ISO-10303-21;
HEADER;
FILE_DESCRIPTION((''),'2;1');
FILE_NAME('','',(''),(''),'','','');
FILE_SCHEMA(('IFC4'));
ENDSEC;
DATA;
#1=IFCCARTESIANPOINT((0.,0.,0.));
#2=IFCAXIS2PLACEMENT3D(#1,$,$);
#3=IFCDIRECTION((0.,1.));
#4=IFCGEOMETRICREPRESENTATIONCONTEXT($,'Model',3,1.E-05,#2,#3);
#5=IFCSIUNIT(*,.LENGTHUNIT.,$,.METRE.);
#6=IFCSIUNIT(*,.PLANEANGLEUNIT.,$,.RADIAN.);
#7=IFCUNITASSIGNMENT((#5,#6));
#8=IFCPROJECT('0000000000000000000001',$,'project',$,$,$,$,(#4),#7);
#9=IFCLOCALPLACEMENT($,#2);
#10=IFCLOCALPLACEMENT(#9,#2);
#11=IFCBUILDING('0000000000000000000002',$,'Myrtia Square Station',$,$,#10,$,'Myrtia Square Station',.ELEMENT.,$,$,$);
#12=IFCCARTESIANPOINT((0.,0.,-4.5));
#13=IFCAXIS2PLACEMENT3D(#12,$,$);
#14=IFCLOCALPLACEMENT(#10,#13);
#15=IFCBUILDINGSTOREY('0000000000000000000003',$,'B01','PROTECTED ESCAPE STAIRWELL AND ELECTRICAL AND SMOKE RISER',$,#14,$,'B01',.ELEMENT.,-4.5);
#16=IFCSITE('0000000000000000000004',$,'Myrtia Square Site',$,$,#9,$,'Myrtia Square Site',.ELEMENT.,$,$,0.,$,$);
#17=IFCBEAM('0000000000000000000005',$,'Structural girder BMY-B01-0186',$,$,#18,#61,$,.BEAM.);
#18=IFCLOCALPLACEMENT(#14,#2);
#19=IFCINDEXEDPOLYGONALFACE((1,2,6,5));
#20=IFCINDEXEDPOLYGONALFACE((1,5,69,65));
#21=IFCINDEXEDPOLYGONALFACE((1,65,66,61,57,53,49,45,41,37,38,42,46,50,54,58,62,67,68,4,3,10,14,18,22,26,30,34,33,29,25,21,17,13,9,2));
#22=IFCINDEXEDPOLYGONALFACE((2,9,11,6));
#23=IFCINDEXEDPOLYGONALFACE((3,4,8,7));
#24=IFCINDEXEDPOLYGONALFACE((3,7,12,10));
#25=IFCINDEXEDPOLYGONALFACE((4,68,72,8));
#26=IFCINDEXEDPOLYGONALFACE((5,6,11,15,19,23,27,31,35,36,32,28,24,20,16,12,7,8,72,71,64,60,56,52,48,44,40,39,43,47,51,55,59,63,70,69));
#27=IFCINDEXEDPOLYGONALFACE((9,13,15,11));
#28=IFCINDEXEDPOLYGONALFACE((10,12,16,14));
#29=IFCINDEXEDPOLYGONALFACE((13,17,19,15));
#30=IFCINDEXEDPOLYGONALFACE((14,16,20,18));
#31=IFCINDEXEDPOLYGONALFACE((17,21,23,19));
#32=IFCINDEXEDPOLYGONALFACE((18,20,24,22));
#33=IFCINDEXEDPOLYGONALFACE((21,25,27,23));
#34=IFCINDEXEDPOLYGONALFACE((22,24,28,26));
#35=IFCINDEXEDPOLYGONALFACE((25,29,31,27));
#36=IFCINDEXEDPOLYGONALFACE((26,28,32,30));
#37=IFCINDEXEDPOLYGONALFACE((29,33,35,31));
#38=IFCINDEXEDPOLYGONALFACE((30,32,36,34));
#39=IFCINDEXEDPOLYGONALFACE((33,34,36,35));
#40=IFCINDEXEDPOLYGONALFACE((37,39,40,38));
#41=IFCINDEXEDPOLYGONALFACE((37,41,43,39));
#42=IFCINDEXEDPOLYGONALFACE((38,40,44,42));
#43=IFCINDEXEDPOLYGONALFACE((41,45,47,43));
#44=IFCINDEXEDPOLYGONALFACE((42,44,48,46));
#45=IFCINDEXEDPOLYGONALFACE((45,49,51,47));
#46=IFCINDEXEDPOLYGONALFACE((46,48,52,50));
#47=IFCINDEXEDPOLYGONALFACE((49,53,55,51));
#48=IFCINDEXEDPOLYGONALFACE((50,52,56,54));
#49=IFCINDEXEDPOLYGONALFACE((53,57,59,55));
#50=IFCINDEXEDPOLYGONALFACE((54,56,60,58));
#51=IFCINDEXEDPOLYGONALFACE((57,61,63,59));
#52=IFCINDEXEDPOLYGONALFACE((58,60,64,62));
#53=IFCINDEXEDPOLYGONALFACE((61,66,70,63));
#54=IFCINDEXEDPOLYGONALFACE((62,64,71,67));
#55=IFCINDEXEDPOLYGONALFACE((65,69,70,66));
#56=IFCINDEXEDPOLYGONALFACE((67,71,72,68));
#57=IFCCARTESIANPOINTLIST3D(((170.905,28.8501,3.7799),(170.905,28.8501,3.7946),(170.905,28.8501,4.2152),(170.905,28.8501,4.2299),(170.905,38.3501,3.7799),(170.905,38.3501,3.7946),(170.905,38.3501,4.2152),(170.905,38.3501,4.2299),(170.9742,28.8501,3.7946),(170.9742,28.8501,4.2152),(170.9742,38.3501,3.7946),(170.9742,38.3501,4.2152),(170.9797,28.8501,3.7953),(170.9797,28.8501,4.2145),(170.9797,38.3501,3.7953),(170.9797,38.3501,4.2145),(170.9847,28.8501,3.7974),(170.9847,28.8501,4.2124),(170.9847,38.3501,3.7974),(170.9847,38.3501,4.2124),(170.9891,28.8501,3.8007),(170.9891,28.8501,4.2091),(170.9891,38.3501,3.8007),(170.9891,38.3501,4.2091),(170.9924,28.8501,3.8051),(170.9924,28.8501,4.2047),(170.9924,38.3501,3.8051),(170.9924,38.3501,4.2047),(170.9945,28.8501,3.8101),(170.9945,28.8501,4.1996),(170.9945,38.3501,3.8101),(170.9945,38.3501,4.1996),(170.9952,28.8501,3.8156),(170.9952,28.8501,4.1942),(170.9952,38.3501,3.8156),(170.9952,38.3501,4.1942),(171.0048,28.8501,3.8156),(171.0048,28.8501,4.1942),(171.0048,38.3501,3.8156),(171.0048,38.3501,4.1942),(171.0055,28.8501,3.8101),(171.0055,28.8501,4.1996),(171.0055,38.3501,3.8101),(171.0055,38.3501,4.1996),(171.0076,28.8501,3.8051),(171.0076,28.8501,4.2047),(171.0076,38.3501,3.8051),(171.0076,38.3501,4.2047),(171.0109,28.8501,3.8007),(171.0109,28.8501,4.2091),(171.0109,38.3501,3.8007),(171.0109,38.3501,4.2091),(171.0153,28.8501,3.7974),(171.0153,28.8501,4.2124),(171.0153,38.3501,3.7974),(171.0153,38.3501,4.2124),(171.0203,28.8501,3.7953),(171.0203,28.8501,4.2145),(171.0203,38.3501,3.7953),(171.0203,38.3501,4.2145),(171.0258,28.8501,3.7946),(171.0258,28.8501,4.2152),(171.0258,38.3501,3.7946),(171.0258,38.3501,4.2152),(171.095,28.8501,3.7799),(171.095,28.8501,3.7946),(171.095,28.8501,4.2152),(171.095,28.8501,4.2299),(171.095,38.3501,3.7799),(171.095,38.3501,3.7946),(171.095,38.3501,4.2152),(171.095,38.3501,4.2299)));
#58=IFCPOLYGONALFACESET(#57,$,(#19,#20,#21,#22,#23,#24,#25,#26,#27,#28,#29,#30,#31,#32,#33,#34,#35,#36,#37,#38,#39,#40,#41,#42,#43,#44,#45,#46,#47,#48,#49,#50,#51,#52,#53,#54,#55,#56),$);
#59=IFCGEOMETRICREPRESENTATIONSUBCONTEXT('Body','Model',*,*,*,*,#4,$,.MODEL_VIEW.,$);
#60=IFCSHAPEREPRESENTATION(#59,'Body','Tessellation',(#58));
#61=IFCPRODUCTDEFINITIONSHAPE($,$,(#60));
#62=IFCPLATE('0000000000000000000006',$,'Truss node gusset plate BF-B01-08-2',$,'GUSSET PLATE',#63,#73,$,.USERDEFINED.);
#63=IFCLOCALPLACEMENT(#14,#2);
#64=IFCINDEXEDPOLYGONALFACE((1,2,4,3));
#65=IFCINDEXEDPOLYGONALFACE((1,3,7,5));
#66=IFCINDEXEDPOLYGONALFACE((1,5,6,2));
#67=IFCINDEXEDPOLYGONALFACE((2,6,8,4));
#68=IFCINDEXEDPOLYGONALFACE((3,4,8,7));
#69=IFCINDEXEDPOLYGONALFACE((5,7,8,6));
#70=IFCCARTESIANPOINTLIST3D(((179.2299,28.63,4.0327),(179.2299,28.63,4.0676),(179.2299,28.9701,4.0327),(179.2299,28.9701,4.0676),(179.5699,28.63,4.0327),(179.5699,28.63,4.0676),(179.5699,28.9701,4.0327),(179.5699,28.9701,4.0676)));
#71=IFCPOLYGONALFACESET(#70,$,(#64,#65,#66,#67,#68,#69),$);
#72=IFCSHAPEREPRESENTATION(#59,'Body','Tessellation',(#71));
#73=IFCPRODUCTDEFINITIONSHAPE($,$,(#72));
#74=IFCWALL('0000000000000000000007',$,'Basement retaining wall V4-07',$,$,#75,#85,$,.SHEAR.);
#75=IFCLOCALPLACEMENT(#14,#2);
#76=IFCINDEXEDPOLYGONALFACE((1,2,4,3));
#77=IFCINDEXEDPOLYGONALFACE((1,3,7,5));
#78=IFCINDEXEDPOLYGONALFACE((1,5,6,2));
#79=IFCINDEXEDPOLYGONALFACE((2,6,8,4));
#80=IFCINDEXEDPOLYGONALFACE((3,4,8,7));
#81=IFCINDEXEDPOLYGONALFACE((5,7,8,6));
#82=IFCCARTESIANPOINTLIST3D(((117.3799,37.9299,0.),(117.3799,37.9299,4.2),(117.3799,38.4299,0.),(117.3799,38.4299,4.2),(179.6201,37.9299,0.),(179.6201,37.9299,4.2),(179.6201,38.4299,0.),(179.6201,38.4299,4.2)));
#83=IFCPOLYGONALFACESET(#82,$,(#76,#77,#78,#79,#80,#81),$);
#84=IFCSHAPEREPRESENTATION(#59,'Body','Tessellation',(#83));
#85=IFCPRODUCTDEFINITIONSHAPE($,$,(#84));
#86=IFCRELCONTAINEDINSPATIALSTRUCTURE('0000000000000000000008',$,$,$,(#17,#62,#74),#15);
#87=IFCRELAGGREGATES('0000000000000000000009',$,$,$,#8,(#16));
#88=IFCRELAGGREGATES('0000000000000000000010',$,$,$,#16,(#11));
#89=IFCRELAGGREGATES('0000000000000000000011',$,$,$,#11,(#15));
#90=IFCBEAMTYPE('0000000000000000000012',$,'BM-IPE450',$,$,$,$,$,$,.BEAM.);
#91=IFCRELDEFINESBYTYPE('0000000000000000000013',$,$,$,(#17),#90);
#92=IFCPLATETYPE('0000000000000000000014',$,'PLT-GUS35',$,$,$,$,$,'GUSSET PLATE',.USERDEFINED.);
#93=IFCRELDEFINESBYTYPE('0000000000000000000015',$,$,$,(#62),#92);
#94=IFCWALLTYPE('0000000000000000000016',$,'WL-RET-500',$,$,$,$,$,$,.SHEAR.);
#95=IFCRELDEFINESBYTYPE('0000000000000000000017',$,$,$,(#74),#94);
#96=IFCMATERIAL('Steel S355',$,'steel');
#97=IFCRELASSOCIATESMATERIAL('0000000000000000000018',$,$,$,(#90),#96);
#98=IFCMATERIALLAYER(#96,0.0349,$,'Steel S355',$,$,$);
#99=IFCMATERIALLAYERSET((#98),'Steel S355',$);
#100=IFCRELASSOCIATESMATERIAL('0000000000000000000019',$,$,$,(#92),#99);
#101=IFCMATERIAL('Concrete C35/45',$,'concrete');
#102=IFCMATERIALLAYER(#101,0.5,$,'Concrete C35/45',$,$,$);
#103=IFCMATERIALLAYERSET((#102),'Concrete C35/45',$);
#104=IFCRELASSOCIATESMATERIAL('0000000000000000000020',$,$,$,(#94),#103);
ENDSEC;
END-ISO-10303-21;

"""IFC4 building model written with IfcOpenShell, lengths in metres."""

from ifc_helpers import new_model, si_unit, direction, frame, frame_2d, origin, origin_2d, place, context, subcontext, project, spatial, rectangle, i_section, extrude, material, layer, layer_set, material_profile, profile_set, type_object, element, save


model = new_model("IFC4")

# Units and contexts
model_context = context("Model", 3, precision=1e-05, world=origin(), true_north=direction((0.0, 1.0)))
body_context = subcontext(model_context, "Body", "Model", "MODEL_VIEW")
ifc_project = project(units=[si_unit("LENGTHUNIT", "METRE"), si_unit("PLANEANGLEUNIT", "RADIAN")], contexts=[model_context])

# Site, building, storey
site_placement = place(None, origin())
site = spatial("IfcSite", under=ifc_project, at=site_placement, Name="Myrtia Square Site", LongName="Myrtia Square Site", CompositionType="ELEMENT", RefElevation=0.0)
building_placement = place(site_placement, origin())
building = spatial("IfcBuilding", under=site, at=building_placement, Name="Myrtia Square Station", LongName="Myrtia Square Station", CompositionType="ELEMENT")
storey_placement = place(building_placement, frame((0.0, 0.0, -4.5)))
storey = spatial("IfcBuildingStorey", under=building, at=storey_placement, Name="B01", Description="PROTECTED ESCAPE STAIRWELL AND ELECTRICAL AND SMOKE RISER", LongName="B01", CompositionType="ELEMENT", Elevation=-4.5)

# Shared definitions
ifc_material_1 = material(Name="Concrete C35/45", Category="concrete")

# Shared definitions
ifc_material_2 = material(Name="Steel S355", Category="steel")

# Beam
ifc_material_profile_1 = material_profile(ifc_material_2, i_section(OverallWidth=0.1899, OverallDepth=0.45, WebThickness=0.0095, FlangeThickness=0.0146, FilletRadius=0.021, at=origin_2d()), Name="IPE 450")
ifc_profile_set_1 = profile_set([ifc_material_profile_1], Name="Steel S355")
beam_type_1 = type_object("IfcBeamType", Name="BM-IPE450", PredefinedType="BEAM", material=ifc_profile_set_1)
beam_1_placement = place(storey_placement, frame((171.0, 28.8501, 4.0049), z_axis=(0.0, 1.0, 0.0), x_axis=(-1.0, 0.0, 0.0)))
element("IfcBeam", 1, at=beam_1_placement, inside=storey, type_object=beam_type_1, Name="Structural girder BMY-B01-0186", PredefinedType="BEAM", context=body_context, shape_type="SweptSolid", body=[
    extrude(i_section(OverallWidth=0.1899, OverallDepth=0.45, WebThickness=0.0095, FlangeThickness=0.0146, FilletRadius=0.021, at=origin_2d()), origin(), (0.0, 0.0, 1.0), 9.5),
])

# Plate
ifc_layer_1 = layer(ifc_material_2, 0.0349, Name="Steel S355")
ifc_layer_set_1 = layer_set([ifc_layer_1], Name="Steel S355")
plate_type = type_object("IfcPlateType", Name="PLT-GUS35", ElementType="GUSSET PLATE", PredefinedType="USERDEFINED", material=ifc_layer_set_1)
plate_placement = place(storey_placement, frame((179.3999, 28.8, 4.0327), z_axis=(0.0, 0.0, 1.0), x_axis=(0.0, 1.0, 0.0)))
element("IfcPlate", 2, at=plate_placement, inside=storey, type_object=plate_type, Name="Truss node gusset plate BF-B01-08-2", ObjectType="GUSSET PLATE", PredefinedType="USERDEFINED", context=body_context, shape_type="SweptSolid", body=[
    extrude(rectangle(XDim=0.3401, YDim=0.3401, at=origin_2d()), origin(), (0.0, 0.0, 1.0), 0.0349),
])

# Wall
ifc_layer_2 = layer(ifc_material_1, 0.5, Name="Concrete C35/45")
ifc_layer_set_2 = layer_set([ifc_layer_2], Name="Concrete C35/45")
wall_type = type_object("IfcWallType", Name="WL-RET-500", PredefinedType="SHEAR", material=ifc_layer_set_2)
wall_placement = place(storey_placement, frame((179.6201, 38.1799, 0.0), z_axis=(0.0, 0.0, 1.0), x_axis=(-1.0, 0.0, 0.0)))
element("IfcWall", 3, at=wall_placement, inside=storey, type_object=wall_type, Name="Basement retaining wall V4-07", PredefinedType="SHEAR", context=body_context, shape_type="SweptSolid", body=[
    extrude(rectangle(XDim=62.2402, YDim=0.5, at=frame_2d((31.1201, 0.0))), origin(), (0.0, 0.0, 1.0), 4.2),
])

save(model, "model.ifc")
